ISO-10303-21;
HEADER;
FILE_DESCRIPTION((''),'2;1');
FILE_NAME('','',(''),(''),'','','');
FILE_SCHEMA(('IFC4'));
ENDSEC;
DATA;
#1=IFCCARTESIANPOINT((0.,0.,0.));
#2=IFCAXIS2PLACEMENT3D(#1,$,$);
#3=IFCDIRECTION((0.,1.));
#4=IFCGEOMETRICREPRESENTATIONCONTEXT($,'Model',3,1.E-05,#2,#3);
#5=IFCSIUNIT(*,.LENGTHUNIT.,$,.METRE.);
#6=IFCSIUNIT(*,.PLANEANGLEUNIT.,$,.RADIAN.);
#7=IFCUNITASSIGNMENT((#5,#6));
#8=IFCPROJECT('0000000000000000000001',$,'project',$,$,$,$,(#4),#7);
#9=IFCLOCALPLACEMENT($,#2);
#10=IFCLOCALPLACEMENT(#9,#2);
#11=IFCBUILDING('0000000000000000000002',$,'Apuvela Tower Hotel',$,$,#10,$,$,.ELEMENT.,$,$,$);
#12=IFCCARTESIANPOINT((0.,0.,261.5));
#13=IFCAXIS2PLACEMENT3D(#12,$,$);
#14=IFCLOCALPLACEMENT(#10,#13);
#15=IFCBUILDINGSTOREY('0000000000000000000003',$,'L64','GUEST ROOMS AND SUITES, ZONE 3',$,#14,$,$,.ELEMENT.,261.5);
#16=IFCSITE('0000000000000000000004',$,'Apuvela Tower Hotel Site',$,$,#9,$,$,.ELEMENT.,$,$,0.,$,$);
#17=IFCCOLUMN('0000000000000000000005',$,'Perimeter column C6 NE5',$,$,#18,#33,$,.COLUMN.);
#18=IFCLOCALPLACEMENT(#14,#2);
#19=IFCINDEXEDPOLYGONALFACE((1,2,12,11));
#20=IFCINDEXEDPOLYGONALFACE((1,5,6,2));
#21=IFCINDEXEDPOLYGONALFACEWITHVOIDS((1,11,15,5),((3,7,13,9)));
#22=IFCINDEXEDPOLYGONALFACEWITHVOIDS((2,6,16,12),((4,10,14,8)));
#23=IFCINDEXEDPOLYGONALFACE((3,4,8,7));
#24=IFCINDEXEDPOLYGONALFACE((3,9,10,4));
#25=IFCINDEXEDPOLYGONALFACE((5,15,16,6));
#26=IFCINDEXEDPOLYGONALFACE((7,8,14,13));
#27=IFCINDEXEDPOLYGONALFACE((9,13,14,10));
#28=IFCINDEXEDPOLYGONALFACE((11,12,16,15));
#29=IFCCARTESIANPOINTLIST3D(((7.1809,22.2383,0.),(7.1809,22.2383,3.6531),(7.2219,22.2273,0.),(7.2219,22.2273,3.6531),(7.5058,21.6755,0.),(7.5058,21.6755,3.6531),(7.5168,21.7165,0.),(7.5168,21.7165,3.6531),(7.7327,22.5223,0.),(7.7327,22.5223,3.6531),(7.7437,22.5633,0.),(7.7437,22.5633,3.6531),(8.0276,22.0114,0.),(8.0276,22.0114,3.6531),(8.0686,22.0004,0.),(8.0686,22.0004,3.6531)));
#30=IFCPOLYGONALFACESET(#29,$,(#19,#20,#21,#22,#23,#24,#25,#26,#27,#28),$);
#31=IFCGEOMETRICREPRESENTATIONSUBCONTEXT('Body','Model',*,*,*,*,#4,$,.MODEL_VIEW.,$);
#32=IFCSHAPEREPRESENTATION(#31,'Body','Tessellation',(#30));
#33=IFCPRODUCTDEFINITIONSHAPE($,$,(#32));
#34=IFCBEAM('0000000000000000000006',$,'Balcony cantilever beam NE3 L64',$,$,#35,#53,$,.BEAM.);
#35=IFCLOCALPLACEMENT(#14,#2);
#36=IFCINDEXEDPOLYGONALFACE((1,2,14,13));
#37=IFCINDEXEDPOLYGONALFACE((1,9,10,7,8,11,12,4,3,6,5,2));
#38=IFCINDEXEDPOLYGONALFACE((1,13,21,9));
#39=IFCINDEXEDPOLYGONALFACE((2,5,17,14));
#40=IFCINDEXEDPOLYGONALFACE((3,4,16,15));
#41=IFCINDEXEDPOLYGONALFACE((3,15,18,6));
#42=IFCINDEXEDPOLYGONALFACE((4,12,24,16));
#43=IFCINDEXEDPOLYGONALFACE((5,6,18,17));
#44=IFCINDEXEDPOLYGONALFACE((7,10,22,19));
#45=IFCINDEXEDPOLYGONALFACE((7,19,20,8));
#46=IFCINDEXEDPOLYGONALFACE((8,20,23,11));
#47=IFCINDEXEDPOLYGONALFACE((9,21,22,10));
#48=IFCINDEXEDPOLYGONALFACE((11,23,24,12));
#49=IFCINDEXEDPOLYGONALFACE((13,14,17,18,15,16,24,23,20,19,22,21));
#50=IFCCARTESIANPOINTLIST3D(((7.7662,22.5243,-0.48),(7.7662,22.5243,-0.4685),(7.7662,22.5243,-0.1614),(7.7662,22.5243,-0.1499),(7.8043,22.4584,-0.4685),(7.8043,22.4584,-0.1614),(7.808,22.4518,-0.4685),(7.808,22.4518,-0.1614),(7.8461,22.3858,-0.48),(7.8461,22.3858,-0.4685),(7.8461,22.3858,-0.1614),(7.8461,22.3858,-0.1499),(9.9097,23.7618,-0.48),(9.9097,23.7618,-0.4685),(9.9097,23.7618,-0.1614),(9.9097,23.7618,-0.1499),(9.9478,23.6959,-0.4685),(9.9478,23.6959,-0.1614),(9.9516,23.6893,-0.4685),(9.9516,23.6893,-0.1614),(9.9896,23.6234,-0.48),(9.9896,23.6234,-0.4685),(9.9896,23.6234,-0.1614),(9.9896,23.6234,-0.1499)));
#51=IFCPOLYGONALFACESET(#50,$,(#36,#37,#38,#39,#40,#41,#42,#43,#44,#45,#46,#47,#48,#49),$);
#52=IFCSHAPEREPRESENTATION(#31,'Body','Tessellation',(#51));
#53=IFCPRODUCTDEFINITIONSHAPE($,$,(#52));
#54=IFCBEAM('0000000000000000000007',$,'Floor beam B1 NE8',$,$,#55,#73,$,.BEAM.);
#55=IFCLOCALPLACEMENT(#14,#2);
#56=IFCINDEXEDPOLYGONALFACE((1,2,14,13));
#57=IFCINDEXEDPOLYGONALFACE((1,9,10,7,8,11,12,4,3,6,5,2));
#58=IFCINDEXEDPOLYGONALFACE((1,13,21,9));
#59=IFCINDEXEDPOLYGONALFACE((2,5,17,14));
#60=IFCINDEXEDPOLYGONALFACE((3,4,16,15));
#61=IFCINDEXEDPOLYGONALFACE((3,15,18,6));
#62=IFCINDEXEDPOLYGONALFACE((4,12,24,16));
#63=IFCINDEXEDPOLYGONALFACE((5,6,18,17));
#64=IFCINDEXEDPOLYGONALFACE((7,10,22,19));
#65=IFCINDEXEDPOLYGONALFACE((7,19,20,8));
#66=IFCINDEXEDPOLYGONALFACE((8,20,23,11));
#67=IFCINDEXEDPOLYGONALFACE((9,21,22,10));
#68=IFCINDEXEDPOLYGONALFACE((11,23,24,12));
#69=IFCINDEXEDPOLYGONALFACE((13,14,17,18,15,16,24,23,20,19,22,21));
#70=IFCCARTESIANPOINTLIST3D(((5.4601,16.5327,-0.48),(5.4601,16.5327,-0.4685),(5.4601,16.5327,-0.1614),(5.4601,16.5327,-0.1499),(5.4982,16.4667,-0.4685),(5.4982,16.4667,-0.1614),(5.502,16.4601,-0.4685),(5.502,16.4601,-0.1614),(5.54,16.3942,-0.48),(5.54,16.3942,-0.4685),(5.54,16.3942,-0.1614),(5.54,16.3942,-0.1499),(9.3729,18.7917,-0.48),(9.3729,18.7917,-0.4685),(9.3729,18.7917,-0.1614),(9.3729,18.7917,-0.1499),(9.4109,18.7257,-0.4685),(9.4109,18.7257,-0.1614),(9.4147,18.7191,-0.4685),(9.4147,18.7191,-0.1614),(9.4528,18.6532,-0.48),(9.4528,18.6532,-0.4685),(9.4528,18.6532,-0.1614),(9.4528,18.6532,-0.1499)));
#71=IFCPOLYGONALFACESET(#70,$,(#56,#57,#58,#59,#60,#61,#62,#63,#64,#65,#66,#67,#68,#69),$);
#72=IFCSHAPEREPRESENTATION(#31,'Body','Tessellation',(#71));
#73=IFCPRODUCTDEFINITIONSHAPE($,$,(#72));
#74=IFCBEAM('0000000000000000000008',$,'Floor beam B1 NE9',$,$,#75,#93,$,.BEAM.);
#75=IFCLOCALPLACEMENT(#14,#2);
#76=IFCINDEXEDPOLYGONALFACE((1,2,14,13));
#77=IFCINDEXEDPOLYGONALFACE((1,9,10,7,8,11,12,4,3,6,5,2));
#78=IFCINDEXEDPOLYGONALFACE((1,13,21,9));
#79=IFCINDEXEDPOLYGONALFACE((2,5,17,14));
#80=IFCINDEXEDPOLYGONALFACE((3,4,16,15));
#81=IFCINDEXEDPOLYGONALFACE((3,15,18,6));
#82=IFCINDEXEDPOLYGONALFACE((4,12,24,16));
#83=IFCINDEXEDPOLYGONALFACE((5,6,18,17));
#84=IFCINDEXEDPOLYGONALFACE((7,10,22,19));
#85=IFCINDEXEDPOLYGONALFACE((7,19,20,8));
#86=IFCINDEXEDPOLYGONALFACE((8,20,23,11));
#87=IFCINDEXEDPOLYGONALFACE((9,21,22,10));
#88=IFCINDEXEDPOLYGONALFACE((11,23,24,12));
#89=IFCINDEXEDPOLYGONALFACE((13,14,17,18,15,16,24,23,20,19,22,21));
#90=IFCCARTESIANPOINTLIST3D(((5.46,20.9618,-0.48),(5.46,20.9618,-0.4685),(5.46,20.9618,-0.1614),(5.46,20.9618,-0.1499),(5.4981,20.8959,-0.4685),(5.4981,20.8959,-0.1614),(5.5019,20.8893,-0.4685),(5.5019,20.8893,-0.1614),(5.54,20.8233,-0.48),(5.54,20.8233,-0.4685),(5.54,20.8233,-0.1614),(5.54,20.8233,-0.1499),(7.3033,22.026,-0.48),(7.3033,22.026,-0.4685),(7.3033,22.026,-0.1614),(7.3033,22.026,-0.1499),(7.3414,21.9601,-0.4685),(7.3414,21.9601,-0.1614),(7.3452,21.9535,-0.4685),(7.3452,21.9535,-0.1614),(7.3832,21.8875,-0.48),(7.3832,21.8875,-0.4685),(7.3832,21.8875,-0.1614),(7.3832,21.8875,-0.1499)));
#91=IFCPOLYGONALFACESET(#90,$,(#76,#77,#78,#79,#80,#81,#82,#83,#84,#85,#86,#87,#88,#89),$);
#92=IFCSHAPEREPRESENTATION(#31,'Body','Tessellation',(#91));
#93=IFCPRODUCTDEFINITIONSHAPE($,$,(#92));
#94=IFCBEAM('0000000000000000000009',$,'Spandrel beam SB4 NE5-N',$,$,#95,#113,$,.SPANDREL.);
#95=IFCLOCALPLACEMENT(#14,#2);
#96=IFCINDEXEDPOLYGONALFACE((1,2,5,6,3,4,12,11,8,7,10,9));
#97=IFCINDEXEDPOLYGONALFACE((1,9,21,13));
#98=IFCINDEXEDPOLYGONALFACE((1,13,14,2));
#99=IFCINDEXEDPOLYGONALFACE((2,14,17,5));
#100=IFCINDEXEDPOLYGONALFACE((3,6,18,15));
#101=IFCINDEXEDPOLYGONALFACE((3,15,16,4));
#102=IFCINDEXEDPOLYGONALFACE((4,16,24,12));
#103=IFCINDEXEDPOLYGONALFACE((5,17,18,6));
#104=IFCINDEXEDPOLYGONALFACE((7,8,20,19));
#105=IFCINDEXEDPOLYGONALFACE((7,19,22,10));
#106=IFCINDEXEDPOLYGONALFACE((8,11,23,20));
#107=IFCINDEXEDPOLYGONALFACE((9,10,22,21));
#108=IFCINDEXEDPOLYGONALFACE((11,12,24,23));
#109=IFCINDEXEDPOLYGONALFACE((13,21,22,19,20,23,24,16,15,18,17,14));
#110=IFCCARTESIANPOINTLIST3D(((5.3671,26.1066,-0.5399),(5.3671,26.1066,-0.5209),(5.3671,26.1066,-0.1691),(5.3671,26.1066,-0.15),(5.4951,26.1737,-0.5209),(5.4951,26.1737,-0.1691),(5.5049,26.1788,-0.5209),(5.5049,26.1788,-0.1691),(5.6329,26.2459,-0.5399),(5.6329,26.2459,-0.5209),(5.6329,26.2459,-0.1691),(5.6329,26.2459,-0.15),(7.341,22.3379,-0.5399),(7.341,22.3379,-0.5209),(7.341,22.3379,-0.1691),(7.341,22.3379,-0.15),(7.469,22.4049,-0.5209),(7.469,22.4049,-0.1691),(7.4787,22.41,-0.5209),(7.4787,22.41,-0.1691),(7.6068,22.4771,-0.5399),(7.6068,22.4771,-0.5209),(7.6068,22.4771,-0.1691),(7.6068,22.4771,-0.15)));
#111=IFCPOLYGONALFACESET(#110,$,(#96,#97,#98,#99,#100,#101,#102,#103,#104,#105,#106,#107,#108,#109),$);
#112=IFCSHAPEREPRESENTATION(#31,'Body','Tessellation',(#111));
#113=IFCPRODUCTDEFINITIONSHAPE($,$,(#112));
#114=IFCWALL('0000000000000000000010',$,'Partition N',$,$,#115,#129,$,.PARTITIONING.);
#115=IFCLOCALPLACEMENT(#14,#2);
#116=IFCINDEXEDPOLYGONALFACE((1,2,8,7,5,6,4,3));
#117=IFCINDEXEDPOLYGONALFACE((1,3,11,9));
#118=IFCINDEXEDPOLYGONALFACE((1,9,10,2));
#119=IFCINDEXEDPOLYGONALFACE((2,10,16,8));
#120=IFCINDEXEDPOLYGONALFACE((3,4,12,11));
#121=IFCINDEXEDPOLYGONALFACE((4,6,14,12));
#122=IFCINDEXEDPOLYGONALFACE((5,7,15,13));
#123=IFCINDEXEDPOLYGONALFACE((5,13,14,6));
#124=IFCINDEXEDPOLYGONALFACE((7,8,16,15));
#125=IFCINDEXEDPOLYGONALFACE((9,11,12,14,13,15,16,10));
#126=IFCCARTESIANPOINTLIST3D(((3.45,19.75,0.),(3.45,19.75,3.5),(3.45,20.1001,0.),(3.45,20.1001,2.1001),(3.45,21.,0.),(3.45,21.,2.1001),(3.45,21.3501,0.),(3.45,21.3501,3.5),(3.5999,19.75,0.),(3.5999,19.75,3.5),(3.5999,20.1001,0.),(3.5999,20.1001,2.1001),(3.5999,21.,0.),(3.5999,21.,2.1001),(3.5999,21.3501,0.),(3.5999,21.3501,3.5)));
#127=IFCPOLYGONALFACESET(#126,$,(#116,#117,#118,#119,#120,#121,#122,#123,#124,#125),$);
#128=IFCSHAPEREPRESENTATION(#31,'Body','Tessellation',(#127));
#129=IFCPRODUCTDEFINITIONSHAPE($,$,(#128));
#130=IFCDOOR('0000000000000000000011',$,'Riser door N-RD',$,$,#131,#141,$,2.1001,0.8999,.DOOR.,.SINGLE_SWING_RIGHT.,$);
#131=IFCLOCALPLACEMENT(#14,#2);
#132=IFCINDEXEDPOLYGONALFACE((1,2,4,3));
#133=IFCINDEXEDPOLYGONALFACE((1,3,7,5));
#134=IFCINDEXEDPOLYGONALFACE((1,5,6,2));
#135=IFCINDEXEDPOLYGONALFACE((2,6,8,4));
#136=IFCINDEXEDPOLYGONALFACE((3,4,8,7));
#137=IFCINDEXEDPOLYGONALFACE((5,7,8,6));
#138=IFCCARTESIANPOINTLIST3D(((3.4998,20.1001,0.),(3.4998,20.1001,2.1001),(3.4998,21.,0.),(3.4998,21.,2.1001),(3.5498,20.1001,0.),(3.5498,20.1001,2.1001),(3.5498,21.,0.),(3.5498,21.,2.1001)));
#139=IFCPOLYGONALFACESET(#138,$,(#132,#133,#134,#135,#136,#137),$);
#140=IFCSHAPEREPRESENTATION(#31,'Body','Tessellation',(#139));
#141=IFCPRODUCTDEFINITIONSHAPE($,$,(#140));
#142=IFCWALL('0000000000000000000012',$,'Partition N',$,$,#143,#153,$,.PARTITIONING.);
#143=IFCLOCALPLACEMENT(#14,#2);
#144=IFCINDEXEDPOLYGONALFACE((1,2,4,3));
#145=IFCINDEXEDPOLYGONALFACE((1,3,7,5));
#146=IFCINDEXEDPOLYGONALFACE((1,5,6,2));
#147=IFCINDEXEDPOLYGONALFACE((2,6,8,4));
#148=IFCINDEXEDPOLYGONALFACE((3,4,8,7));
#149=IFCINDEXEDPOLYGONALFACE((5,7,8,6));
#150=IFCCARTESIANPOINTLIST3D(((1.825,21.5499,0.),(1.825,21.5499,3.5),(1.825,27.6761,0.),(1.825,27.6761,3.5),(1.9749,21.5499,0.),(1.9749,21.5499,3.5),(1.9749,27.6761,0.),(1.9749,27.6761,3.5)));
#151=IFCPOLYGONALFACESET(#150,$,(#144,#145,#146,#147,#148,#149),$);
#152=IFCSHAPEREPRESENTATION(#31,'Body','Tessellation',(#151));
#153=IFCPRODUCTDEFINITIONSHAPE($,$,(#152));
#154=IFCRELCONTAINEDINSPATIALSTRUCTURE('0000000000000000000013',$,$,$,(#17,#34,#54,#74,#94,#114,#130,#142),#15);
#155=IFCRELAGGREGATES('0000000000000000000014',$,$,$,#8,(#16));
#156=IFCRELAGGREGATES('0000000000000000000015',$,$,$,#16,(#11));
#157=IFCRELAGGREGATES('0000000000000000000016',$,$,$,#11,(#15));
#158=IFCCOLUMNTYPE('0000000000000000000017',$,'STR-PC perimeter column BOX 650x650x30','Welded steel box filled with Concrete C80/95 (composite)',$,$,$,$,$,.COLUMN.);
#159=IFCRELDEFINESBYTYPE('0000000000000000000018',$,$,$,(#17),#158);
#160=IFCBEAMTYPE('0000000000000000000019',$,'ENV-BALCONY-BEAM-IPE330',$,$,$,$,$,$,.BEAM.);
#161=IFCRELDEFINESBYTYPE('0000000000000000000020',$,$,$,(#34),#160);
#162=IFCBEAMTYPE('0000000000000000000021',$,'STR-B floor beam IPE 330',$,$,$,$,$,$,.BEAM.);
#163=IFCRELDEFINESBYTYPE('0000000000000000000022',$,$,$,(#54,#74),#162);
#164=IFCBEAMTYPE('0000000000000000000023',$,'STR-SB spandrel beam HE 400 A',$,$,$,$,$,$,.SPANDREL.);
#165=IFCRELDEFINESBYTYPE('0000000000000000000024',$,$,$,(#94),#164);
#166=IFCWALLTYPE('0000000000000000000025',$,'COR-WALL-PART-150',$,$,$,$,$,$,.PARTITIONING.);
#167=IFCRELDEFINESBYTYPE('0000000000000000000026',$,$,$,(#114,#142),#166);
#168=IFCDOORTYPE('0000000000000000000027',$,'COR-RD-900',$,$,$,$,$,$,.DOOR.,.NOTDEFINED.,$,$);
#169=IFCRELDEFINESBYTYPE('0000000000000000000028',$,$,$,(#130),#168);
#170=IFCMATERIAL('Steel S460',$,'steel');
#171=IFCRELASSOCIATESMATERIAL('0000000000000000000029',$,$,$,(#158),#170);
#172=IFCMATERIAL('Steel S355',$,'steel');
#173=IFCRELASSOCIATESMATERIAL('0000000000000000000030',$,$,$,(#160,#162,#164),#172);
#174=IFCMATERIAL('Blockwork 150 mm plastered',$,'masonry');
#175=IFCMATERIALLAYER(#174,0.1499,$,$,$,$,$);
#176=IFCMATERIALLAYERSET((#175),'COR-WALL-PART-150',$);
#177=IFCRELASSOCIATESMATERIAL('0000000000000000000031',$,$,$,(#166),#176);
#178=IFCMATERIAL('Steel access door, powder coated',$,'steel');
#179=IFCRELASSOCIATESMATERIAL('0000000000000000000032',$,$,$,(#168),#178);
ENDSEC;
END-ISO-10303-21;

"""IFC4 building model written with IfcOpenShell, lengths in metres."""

from ifc_helpers import new_model, si_unit, direction, frame, frame_2d, origin, origin_2d, place, context, subcontext, project, spatial, rectangle, hollow_rectangle, i_section, extrude, boolean, halfspace, material, layer, layer_set, material_profile, profile_set, type_object, element, fill, save


model = new_model("IFC4")

# Units and contexts
model_context = context("Model", 3, precision=1e-05, world=origin(), true_north=direction((0.0, 1.0)))
body_context = subcontext(model_context, "Body", "Model", "MODEL_VIEW")
ifc_project = project(units=[si_unit("LENGTHUNIT", "METRE"), si_unit("PLANEANGLEUNIT", "RADIAN")], contexts=[model_context])

# Site, building, storey
site_placement = place(None, origin())
site = spatial("IfcSite", under=ifc_project, at=site_placement, Name="Apuvela Tower Hotel Site", CompositionType="ELEMENT", RefElevation=0.0)
building_placement = place(site_placement, origin())
building = spatial("IfcBuilding", under=site, at=building_placement, Name="Apuvela Tower Hotel", CompositionType="ELEMENT")
storey_placement = place(building_placement, frame((0.0, 0.0, 261.5)))
storey = spatial("IfcBuildingStorey", under=building, at=storey_placement, Name="L64", Description="GUEST ROOMS AND SUITES, ZONE 3", CompositionType="ELEMENT", Elevation=261.5)

# Column
ifc_material_1 = material(Name="Steel S460", Category="steel")
ifc_material_profile_1 = material_profile(ifc_material_1, hollow_rectangle(XDim=0.6499, YDim=0.6499, WallThickness=0.03, at=origin_2d()), Name="BOX 650x650x30")
ifc_material_2 = material(Name="Concrete C80/95", Category="concrete")
ifc_material_profile_2 = material_profile(ifc_material_2, rectangle(XDim=0.5901, YDim=0.5901, at=origin_2d()), Name="Concrete C80/95 infill")
ifc_profile_set_1 = profile_set([ifc_material_profile_1, ifc_material_profile_2], Name="Steel S460")
column_type = type_object("IfcColumnType", Name="STR-PC perimeter column BOX 650x650x30", Description="Welded steel box filled with Concrete C80/95 (composite)", PredefinedType="COLUMN", material=ifc_profile_set_1)
column_placement = place(storey_placement, frame((7.6248, 22.1194, 0.0), z_axis=(0.0, 0.0, 1.0), x_axis=(-0.5, 0.866025, 0.0)))
element("IfcColumn", 1, at=column_placement, inside=storey, type_object=column_type, Name="Perimeter column C6 NE5", PredefinedType="COLUMN", context=body_context, shape_type="SweptSolid", body=[
    boolean("DIFFERENCE", extrude(hollow_rectangle(XDim=0.6499, YDim=0.6499, WallThickness=0.03, at=origin_2d()), origin(), (0.0, 0.0, 1.0), 3.7), halfspace(frame((0.0, 0.0, 3.6531), z_axis=(0.0, 0.0, 1.0), x_axis=(1.0, 0.0, 0.0)), False)),
])

# Beams
ifc_material_3 = material(Name="Steel S355", Category="steel")
ifc_material_profile_3 = material_profile(ifc_material_3, i_section(OverallWidth=0.1599, OverallDepth=0.3301, WebThickness=0.0076, FlangeThickness=0.0115, at=origin_2d()), Name="IPE 330")
ifc_profile_set_2 = profile_set([ifc_material_profile_3], Name="Steel S355")
beam_type_1 = type_object("IfcBeamType", Name="ENV-BALCONY-BEAM-IPE330", PredefinedType="BEAM", material=ifc_profile_set_2)
beam_1_placement = place(storey_placement, frame((7.8062, 22.4551, -0.3149), z_axis=(0.866031, 0.49999, 0.0), x_axis=(-0.49999, 0.866031, 0.0)))
element("IfcBeam", 2, at=beam_1_placement, inside=storey, type_object=beam_type_1, Name="Balcony cantilever beam NE3 L64", PredefinedType="BEAM", context=body_context, shape_type="SweptSolid", body=[
    extrude(i_section(OverallWidth=0.1599, OverallDepth=0.3301, WebThickness=0.0076, FlangeThickness=0.0115, at=origin_2d()), origin(), (0.0, 0.0, 1.0), 2.4751),
])
ifc_material_profile_4 = material_profile(ifc_material_3, i_section(OverallWidth=0.1599, OverallDepth=0.3301, WebThickness=0.0076, FlangeThickness=0.0115, at=origin_2d()), Name="IPE 330")
ifc_profile_set_3 = profile_set([ifc_material_profile_4], Name="Steel S355")
beam_type_2 = type_object("IfcBeamType", Name="STR-B floor beam IPE 330", PredefinedType="BEAM", material=ifc_profile_set_3)
beam_2_placement = place(storey_placement, frame((9.4128, 18.7224, -0.3149), z_axis=(-0.86603, -0.499992, 0.0), x_axis=(0.499992, -0.86603, 0.0)))
element("IfcBeam", 3, at=beam_2_placement, inside=storey, type_object=beam_type_2, Name="Floor beam B1 NE8", PredefinedType="BEAM", context=body_context, shape_type="SweptSolid", body=[
    extrude(i_section(OverallWidth=0.1599, OverallDepth=0.3301, WebThickness=0.0076, FlangeThickness=0.0115, at=origin_2d()), origin(), (0.0, 0.0, 1.0), 4.5181),
])
beam_3_placement = place(storey_placement, frame((7.3433, 21.9568, -0.3149), z_axis=(-0.866025, -0.5, 0.0), x_axis=(0.5, -0.866025, 0.0)))
element("IfcBeam", 4, at=beam_3_placement, inside=storey, type_object=beam_type_2, Name="Floor beam B1 NE9", PredefinedType="BEAM", context=body_context, shape_type="SweptSolid", body=[
    extrude(i_section(OverallWidth=0.1599, OverallDepth=0.3301, WebThickness=0.0076, FlangeThickness=0.0115, at=origin_2d()), origin(), (0.0, 0.0, 1.0), 2.1284),
])
ifc_material_profile_5 = material_profile(ifc_material_3, i_section(OverallWidth=0.3, OverallDepth=0.3899, WebThickness=0.011, FlangeThickness=0.019, at=origin_2d()), Name="HE 400 A")
ifc_profile_set_4 = profile_set([ifc_material_profile_5], Name="Steel S355")
beam_type_3 = type_object("IfcBeamType", Name="STR-SB spandrel beam HE 400 A", PredefinedType="SPANDREL", material=ifc_profile_set_4)
beam_4_placement = place(storey_placement, frame((7.4739, 22.4075, -0.345), z_axis=(-0.46396, 0.885856, 0.0), x_axis=(-0.885856, -0.46396, 0.0)))
element("IfcBeam", 5, at=beam_4_placement, inside=storey, type_object=beam_type_3, Name="Spandrel beam SB4 NE5-N", PredefinedType="SPANDREL", context=body_context, shape_type="SweptSolid", body=[
    extrude(i_section(OverallWidth=0.3, OverallDepth=0.3899, WebThickness=0.011, FlangeThickness=0.019, at=origin_2d()), origin(), (0.0, 0.0, 1.0), 4.2544),
])

# Wall, opening, door
ifc_material_4 = material(Name="Blockwork 150 mm plastered", Category="masonry")
ifc_layer_1 = layer(ifc_material_4, 0.1499)
ifc_layer_set_1 = layer_set([ifc_layer_1], Name="COR-WALL-PART-150")
wall_type_1 = type_object("IfcWallType", Name="COR-WALL-PART-150", PredefinedType="PARTITIONING", material=ifc_layer_set_1)
wall_1_placement = place(storey_placement, frame((3.5249, 19.75, 0.0), z_axis=(0.0, 0.0, 1.0), x_axis=(0.0, 1.0, 0.0)))
wall_1 = element("IfcWall", 6, at=wall_1_placement, inside=storey, type_object=wall_type_1, Name="Partition N", PredefinedType="PARTITIONING", context=body_context, shape_type="SweptSolid", body=[
    extrude(rectangle(XDim=1.6001, YDim=0.1499, at=frame_2d((0.8, 0.0))), origin(), (0.0, 0.0, 1.0), 3.5),
])
opening_1_placement = place(wall_1_placement, frame((0.3501, 0.0, 0.0)))
opening_1 = element("IfcOpeningElement", 7, at=opening_1_placement, cuts=wall_1, PredefinedType="OPENING", context=body_context, shape_type="SweptSolid", body=[
    extrude(rectangle(XDim=0.8999, YDim=2.1001, at=frame_2d((0.45, 1.05))), frame((0.0, 0.085, 0.0), z_axis=(0.0, -1.0, 0.0), x_axis=(1.0, 0.0, 0.0)), (0.0, 0.0, 1.0), 0.1699),
])
ifc_material_5 = material(Name="Steel access door, powder coated", Category="steel")
door_type_1 = type_object("IfcDoorType", Name="COR-RD-900", OperationType="NOTDEFINED", PredefinedType="DOOR", material=ifc_material_5)
door_1_placement = place(opening_1_placement, frame((0.8999, 0.0, 0.0), z_axis=(0.0, 0.0, 1.0), x_axis=(-1.0, 0.0, 0.0)))
door_1 = element("IfcDoor", 8, at=door_1_placement, inside=storey, type_object=door_type_1, Name="Riser door N-RD", OperationType="SINGLE_SWING_RIGHT", OverallHeight=2.1001, OverallWidth=0.8999, PredefinedType="DOOR", context=body_context, shape_type="SweptSolid", body=[
    extrude(rectangle(XDim=0.8999, YDim=2.1001, at=frame_2d((0.45, 1.05))), frame((0.0, 0.0249, 0.0), z_axis=(0.0, -1.0, 0.0), x_axis=(1.0, 0.0, 0.0)), (0.0, 0.0, 1.0), 0.05),
])
fill(opening_1, door_1)

# Wall
wall_2_placement = place(storey_placement, frame((1.8999, 21.55, 0.0), z_axis=(0.0, 0.0, 1.0), x_axis=(0.0, 1.0, 0.0)))
element("IfcWall", 9, at=wall_2_placement, inside=storey, type_object=wall_type_1, Name="Partition N", PredefinedType="PARTITIONING", context=body_context, shape_type="SweptSolid", body=[
    extrude(rectangle(XDim=6.1262, YDim=0.1499, at=frame_2d((3.063, 0.0))), origin(), (0.0, 0.0, 1.0), 3.5),
])

save(model, "model.ifc")
